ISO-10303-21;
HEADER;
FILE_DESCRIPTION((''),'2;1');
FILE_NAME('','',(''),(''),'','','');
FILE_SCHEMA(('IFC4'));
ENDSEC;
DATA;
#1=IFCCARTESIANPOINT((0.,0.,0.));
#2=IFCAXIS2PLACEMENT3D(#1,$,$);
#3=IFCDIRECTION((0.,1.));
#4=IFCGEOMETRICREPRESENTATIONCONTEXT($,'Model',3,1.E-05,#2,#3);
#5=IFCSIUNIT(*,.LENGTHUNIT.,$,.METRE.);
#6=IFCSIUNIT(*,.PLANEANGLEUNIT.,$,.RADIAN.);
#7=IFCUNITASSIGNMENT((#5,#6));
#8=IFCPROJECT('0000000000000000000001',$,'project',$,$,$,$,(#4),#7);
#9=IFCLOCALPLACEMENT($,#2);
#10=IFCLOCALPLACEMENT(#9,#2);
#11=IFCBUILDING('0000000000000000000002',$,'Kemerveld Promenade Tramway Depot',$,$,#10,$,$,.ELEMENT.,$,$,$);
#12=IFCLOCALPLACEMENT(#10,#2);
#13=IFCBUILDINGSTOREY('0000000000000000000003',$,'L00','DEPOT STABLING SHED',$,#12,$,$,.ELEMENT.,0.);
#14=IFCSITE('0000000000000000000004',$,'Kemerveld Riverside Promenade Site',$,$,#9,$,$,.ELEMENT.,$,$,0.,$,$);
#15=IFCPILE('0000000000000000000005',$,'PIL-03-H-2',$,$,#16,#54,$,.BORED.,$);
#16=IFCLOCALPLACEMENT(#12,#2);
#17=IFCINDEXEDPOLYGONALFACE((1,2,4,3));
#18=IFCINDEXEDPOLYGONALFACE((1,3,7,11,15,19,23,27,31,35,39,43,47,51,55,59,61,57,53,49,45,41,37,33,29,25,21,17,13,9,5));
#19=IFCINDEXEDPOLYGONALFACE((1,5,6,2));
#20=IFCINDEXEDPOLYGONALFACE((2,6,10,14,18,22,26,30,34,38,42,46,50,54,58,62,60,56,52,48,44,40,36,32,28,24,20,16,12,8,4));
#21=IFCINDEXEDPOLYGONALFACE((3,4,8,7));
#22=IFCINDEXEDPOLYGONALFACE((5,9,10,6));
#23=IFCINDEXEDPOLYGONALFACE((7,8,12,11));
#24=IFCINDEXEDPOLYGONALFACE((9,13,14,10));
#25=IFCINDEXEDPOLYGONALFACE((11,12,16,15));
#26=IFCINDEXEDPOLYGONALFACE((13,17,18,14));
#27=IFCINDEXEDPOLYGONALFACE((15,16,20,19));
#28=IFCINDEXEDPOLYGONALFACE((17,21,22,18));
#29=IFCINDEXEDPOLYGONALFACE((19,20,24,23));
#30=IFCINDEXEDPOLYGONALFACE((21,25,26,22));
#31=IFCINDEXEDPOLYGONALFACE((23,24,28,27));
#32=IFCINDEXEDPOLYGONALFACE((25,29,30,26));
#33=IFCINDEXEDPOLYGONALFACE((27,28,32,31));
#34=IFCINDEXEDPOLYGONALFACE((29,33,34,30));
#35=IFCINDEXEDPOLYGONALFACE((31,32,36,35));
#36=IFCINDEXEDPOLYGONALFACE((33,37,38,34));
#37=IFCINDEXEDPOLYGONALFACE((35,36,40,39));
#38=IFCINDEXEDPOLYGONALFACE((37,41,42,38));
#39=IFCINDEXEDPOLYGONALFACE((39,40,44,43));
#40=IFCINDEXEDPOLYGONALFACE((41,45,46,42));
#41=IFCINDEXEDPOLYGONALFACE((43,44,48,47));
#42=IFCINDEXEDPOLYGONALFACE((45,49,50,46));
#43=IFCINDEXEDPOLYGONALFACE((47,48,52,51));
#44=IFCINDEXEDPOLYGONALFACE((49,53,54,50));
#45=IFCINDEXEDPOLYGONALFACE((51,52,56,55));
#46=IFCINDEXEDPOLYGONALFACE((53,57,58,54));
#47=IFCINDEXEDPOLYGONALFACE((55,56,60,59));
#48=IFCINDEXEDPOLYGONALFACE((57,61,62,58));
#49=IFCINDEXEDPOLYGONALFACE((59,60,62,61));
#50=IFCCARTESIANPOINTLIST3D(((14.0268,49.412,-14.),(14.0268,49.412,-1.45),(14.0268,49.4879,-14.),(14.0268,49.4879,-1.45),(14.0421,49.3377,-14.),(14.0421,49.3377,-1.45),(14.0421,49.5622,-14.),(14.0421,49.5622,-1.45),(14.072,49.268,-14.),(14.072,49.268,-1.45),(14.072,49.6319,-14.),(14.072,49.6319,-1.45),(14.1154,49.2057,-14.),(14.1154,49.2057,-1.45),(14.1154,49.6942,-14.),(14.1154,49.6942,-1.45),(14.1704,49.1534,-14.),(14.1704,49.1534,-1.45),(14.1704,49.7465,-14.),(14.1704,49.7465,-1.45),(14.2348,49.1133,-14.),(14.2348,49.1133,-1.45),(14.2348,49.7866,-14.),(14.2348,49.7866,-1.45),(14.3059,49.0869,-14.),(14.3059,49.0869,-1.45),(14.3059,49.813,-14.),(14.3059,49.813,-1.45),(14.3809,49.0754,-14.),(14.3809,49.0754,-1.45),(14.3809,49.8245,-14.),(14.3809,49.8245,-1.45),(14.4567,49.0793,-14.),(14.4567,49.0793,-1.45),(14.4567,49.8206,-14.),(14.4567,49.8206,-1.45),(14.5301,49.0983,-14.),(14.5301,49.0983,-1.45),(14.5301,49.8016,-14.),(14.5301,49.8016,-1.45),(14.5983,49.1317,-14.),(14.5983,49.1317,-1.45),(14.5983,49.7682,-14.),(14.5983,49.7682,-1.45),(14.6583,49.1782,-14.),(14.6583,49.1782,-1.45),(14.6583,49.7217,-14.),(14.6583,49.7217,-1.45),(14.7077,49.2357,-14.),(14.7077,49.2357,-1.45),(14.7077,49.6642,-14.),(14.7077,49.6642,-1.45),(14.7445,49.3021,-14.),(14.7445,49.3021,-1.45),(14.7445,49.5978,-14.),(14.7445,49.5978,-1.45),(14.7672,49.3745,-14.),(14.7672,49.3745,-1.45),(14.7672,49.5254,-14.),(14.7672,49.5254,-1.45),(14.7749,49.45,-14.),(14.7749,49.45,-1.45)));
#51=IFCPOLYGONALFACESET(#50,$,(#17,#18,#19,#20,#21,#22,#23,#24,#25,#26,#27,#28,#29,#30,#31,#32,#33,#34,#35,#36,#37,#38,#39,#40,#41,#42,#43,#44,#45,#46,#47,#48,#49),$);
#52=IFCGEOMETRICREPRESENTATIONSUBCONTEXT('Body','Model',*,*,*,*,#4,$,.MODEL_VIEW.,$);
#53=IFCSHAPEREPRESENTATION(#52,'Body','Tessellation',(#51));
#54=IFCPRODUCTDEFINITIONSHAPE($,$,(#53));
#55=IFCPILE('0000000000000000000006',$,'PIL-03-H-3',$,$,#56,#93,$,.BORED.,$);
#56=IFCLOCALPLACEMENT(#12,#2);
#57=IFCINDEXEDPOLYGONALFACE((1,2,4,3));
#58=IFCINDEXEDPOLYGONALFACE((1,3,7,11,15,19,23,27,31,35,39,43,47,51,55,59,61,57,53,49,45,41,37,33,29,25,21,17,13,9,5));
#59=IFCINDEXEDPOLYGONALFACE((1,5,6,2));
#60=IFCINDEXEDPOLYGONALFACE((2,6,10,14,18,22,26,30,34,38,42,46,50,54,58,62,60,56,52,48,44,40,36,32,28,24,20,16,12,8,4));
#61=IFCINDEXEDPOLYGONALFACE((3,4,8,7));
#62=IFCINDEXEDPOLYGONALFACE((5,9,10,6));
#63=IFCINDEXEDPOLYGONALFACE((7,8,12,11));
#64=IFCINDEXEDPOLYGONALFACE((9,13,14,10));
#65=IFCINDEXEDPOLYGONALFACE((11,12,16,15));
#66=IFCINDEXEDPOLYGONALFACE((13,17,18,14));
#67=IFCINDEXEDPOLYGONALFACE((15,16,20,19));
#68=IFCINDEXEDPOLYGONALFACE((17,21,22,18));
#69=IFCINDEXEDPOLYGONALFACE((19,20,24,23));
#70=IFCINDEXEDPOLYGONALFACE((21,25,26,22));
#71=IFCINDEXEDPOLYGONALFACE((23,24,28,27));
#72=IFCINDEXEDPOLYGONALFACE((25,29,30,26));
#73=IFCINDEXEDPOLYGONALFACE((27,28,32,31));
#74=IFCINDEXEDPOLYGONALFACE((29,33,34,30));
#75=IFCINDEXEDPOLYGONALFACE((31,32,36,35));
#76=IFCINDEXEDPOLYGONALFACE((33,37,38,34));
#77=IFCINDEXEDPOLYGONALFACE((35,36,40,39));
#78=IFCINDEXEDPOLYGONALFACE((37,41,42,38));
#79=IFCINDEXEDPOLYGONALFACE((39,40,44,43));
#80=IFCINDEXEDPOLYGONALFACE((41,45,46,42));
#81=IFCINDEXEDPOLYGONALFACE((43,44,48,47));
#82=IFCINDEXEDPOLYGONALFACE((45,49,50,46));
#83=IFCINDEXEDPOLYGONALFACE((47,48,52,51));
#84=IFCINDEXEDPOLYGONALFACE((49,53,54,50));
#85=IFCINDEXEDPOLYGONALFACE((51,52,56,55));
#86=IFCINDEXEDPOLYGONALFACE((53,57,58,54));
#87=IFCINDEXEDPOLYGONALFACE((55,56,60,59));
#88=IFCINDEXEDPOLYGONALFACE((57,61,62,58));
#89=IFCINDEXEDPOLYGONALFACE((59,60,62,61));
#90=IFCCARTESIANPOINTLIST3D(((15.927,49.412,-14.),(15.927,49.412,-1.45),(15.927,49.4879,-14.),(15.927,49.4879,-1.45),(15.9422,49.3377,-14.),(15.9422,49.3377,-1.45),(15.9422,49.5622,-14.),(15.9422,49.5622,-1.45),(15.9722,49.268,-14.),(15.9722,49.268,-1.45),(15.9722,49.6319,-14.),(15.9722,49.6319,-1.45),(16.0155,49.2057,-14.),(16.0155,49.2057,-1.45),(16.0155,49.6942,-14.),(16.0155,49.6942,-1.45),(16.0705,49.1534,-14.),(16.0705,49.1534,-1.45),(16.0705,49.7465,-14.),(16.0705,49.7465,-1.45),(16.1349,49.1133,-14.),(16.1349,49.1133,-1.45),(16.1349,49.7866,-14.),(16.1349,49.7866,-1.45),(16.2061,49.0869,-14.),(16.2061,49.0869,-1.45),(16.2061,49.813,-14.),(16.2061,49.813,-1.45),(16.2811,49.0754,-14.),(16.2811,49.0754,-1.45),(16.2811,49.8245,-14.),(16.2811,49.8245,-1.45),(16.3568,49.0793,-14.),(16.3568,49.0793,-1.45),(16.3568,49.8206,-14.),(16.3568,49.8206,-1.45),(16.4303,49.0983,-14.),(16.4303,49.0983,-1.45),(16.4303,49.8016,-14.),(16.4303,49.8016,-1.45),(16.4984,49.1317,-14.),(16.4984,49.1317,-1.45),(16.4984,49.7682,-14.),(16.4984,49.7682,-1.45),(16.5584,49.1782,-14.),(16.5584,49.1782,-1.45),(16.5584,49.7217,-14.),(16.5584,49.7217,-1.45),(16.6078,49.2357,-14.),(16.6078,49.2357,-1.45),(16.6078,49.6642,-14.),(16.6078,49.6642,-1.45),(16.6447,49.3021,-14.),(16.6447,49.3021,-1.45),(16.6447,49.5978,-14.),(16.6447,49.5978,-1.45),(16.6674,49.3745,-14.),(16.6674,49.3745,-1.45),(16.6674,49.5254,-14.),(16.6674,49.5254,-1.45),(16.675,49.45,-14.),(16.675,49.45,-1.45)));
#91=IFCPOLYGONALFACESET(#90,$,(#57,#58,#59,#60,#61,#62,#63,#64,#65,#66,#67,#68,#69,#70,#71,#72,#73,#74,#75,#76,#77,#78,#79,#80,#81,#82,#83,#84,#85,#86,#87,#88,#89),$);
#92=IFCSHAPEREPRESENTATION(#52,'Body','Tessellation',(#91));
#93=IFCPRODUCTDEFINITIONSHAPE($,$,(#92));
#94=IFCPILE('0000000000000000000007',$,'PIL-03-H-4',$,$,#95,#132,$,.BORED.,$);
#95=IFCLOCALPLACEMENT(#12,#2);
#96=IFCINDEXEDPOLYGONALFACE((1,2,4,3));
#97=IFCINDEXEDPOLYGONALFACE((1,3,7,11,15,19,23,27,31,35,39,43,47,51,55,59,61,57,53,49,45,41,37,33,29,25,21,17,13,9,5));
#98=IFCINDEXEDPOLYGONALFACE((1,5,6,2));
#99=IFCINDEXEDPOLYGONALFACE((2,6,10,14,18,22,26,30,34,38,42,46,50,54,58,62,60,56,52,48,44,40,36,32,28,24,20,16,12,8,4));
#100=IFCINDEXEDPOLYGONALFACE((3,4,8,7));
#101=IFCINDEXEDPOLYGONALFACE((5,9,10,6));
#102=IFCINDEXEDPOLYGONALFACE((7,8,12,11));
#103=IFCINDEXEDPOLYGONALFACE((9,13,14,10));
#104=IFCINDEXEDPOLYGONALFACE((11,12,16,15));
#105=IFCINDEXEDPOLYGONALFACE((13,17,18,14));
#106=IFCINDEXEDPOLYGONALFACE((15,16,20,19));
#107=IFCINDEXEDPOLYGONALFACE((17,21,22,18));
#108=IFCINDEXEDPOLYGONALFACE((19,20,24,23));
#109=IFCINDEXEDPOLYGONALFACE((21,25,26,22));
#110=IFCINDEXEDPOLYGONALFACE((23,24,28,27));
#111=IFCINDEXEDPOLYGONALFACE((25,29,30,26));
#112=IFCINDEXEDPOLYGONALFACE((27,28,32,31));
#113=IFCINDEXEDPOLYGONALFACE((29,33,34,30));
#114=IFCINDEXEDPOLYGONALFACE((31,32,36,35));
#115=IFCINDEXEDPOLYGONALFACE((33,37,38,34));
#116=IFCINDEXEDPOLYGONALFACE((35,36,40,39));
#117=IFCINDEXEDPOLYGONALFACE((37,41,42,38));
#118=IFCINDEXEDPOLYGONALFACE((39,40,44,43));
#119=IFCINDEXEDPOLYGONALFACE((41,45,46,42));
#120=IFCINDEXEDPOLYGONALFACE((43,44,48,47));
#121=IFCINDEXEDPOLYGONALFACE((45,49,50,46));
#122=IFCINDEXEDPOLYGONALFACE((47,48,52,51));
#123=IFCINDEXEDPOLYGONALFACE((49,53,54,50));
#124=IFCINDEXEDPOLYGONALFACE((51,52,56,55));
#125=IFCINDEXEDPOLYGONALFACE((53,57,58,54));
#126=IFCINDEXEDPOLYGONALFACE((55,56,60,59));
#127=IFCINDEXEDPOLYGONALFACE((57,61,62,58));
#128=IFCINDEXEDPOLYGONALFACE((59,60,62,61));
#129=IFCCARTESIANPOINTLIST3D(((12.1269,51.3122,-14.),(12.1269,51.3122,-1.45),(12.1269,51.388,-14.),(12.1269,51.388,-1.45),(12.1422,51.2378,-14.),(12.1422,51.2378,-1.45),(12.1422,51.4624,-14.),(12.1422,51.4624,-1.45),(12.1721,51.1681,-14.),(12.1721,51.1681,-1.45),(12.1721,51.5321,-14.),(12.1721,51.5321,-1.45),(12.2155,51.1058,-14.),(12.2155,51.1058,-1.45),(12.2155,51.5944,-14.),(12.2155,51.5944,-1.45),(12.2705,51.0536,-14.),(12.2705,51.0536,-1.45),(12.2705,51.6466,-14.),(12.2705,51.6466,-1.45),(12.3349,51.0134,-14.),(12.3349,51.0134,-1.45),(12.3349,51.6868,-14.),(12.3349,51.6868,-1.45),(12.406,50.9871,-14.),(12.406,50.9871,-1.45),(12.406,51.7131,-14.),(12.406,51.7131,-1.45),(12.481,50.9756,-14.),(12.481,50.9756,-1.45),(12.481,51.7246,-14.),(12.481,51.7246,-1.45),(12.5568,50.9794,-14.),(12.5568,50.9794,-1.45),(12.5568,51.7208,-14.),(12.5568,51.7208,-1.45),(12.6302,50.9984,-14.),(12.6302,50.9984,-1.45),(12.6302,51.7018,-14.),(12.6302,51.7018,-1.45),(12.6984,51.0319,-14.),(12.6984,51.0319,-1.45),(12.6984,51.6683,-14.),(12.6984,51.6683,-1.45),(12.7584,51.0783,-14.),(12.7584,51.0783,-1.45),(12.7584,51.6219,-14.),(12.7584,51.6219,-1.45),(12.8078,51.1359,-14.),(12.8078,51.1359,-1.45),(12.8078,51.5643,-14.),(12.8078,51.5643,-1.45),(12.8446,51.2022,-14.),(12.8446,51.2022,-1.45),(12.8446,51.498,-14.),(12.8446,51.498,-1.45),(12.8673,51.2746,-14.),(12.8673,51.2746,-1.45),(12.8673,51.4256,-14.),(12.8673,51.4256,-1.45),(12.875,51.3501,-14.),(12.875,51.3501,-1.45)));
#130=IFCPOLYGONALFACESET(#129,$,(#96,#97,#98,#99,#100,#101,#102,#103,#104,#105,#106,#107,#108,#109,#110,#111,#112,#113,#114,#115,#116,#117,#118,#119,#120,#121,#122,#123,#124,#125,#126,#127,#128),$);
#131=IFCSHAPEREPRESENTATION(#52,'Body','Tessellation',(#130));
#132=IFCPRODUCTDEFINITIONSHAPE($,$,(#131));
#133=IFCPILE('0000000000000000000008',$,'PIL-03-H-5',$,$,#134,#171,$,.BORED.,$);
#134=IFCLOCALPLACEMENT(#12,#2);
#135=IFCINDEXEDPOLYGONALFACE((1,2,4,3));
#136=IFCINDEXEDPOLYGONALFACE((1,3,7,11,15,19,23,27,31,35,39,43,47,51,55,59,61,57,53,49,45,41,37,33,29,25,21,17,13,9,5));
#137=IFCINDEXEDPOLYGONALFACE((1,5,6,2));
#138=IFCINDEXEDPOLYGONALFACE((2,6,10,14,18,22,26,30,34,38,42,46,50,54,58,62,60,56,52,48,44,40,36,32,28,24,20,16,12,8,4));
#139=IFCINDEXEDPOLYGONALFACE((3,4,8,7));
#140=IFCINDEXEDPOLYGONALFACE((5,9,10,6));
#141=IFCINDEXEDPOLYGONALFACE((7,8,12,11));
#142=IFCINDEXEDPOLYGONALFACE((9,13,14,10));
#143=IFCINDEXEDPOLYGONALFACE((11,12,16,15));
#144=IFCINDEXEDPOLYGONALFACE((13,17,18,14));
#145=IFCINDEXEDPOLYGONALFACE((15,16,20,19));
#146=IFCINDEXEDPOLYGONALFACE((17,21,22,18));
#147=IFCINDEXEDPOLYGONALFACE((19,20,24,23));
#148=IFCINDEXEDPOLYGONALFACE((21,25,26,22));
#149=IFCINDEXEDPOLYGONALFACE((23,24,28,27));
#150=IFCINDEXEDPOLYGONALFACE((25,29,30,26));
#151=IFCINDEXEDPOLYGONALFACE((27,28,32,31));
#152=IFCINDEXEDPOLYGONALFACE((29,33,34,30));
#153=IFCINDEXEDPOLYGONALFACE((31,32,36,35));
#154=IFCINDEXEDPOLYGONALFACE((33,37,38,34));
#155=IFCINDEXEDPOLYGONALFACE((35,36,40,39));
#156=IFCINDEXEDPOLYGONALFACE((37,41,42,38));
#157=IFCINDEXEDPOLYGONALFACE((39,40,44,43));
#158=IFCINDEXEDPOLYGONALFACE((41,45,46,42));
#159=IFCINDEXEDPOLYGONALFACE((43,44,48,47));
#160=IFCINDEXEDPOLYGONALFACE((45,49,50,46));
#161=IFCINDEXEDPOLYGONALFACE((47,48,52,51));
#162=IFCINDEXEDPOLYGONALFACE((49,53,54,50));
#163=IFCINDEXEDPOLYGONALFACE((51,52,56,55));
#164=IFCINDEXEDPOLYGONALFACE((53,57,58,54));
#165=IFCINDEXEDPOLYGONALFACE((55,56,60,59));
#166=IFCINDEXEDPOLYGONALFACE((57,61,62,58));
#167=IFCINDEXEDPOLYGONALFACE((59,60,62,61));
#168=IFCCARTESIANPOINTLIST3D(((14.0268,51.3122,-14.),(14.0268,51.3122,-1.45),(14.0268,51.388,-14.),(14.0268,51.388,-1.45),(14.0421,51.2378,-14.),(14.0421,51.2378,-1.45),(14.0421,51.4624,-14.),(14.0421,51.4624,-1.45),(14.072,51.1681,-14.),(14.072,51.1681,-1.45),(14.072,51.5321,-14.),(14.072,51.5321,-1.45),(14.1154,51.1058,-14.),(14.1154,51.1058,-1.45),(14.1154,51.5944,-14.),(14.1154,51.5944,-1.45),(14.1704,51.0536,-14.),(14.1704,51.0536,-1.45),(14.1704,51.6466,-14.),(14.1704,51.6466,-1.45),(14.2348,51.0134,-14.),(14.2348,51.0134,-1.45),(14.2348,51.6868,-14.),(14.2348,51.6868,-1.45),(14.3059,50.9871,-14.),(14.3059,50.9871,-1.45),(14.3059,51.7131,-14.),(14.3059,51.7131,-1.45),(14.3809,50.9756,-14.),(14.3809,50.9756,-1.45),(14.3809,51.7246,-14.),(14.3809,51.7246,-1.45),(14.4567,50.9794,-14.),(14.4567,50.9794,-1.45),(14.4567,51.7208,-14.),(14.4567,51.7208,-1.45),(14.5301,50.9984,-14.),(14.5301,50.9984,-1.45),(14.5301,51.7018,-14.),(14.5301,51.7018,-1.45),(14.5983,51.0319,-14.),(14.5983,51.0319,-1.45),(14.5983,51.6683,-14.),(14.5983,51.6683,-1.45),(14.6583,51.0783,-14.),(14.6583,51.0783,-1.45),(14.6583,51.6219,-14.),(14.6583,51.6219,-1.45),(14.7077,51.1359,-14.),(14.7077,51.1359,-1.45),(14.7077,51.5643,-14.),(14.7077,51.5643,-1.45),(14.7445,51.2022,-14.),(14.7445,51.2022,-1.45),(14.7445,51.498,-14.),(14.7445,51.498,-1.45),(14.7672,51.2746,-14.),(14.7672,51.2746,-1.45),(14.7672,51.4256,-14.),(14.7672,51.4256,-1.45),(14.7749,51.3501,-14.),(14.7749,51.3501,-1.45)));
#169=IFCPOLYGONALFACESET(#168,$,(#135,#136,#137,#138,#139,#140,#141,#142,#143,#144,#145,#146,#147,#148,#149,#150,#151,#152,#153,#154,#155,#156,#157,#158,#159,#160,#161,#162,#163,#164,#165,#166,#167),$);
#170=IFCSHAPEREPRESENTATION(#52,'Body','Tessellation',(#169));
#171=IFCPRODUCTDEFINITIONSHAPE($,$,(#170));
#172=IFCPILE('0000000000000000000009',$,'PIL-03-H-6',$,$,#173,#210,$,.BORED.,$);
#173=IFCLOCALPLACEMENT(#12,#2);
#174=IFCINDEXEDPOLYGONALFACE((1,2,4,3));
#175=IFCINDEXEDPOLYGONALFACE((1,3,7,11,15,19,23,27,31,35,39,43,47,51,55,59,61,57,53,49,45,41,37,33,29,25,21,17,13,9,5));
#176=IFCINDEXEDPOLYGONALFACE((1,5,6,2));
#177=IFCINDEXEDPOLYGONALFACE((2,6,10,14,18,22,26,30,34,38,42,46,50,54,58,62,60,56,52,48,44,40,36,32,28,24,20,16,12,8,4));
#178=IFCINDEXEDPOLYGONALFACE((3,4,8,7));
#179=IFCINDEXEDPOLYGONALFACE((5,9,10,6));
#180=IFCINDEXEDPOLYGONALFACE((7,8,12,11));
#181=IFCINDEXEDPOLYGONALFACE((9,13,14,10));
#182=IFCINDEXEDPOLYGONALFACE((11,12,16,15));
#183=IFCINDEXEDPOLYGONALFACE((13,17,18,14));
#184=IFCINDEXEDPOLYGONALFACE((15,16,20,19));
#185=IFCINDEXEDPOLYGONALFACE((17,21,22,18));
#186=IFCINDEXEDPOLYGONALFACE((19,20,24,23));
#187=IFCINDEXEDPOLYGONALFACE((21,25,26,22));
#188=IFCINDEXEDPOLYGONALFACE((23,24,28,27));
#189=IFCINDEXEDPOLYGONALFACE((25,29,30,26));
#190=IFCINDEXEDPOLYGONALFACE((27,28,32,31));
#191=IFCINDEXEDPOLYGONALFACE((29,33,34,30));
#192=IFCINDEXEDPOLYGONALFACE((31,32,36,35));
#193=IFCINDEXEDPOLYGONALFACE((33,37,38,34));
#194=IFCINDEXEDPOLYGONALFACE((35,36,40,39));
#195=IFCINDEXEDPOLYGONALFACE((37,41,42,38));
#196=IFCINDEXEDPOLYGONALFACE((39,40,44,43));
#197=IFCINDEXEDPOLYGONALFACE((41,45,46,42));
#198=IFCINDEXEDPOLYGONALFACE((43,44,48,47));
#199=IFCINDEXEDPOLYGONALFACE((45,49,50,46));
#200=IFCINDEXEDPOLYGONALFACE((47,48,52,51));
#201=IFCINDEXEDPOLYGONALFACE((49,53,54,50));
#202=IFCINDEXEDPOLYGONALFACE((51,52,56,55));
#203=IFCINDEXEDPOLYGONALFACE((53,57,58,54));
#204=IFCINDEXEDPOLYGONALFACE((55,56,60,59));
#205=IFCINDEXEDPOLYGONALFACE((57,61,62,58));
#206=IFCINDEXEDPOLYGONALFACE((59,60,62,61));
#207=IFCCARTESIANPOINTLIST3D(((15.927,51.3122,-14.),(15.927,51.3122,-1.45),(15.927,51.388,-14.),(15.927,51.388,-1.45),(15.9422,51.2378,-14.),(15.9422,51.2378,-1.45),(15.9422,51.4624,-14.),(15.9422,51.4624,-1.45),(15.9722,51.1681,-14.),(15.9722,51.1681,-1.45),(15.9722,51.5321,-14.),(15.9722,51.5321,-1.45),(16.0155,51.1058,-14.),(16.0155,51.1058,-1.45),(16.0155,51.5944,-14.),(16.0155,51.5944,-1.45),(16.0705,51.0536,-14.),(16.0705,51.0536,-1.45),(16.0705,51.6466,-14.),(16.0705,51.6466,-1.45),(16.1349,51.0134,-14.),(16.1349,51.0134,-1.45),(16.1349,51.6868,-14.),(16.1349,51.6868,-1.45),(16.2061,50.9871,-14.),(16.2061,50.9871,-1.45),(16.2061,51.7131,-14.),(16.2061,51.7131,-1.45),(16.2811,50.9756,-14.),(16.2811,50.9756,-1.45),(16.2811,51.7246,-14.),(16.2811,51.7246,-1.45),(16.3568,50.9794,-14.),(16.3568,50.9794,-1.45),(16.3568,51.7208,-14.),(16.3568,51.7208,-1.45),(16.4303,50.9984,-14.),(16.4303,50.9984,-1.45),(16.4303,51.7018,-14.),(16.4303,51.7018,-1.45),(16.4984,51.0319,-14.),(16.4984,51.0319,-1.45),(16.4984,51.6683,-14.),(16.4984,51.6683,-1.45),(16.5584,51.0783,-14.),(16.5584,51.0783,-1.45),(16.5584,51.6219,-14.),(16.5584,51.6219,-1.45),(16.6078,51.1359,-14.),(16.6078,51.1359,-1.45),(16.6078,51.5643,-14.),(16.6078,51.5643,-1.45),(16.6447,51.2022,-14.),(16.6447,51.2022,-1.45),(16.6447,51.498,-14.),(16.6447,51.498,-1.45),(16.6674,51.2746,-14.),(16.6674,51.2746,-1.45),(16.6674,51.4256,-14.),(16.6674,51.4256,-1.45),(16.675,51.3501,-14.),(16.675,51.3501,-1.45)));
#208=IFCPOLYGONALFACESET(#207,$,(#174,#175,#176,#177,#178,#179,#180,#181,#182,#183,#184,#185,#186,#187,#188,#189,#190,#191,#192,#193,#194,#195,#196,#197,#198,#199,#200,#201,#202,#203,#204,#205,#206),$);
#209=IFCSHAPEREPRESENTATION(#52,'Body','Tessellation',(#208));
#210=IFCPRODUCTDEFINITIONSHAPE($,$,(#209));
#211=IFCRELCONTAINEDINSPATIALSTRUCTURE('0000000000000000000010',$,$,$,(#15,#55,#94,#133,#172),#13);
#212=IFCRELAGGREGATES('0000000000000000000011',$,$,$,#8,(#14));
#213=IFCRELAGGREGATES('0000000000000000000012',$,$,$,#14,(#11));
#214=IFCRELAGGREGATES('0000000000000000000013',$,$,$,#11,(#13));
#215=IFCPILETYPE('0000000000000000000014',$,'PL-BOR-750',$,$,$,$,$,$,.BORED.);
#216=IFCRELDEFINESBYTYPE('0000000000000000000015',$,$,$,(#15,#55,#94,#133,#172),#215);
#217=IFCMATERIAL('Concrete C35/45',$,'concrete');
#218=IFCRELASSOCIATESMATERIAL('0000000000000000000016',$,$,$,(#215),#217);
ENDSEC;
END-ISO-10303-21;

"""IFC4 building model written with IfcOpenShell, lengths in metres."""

from ifc_helpers import new_model, si_unit, direction, frame, origin, origin_2d, place, context, subcontext, project, spatial, circle, extrude, material, material_profile, profile_set, type_object, element, save


model = new_model("IFC4")

# Units and contexts
model_context = context("Model", 3, precision=1e-05, world=origin(), true_north=direction((0.0, 1.0)))
body_context = subcontext(model_context, "Body", "Model", "MODEL_VIEW")
ifc_project = project(units=[si_unit("LENGTHUNIT", "METRE"), si_unit("PLANEANGLEUNIT", "RADIAN")], contexts=[model_context])

# Site, building, storey
site_placement = place(None, origin())
site = spatial("IfcSite", under=ifc_project, at=site_placement, Name="Kemerveld Riverside Promenade Site", CompositionType="ELEMENT", RefElevation=0.0)
building_placement = place(site_placement, origin())
building = spatial("IfcBuilding", under=site, at=building_placement, Name="Kemerveld Promenade Tramway Depot", CompositionType="ELEMENT")
storey_placement = place(building_placement, origin())
storey = spatial("IfcBuildingStorey", under=building, at=storey_placement, Name="L00", Description="DEPOT STABLING SHED", CompositionType="ELEMENT", Elevation=0.0)

# Shared definitions
ifc_material_1 = material(Name="Concrete C35/45", Category="concrete")

# Piles
ifc_material_profile_1 = material_profile(ifc_material_1, circle(Radius=0.375, at=origin_2d()), Name="PILE-D750")
ifc_profile_set_1 = profile_set([ifc_material_profile_1], Name="Concrete C35/45")
pile_type_1 = type_object("IfcPileType", Name="PL-BOR-750", PredefinedType="BORED", material=ifc_profile_set_1)
for number, where, z_axis, x_axis, name in (
    (1, (14.3999, 49.45, -1.45), (0.0, 0.0, -1.0), (1.0, 0.0, 0.0), "PIL-03-H-2"),
    (2, (16.3, 49.45, -1.45), (0.0, 0.0, -1.0), (1.0, 0.0, 0.0), "PIL-03-H-3"),
    (3, (12.5, 51.3501, -1.45), (0.0, 0.0, -1.0), (1.0, 0.0, 0.0), "PIL-03-H-4"),
    (4, (14.3999, 51.3501, -1.45), (0.0, 0.0, -1.0), (1.0, 0.0, 0.0), "PIL-03-H-5"),
    (5, (16.3, 51.3501, -1.45), (0.0, 0.0, -1.0), (1.0, 0.0, 0.0), "PIL-03-H-6"),
):
    element("IfcPile", number, at=place(storey_placement, frame(where, z_axis=z_axis, x_axis=x_axis)), inside=storey, type_object=pile_type_1, Name=name, PredefinedType="BORED", context=body_context, shape_type="SweptSolid", body=[
        extrude(circle(Radius=0.375, at=origin_2d()), origin(), (0.0, 0.0, 1.0), 12.55),
    ])

save(model, "model.ifc")
